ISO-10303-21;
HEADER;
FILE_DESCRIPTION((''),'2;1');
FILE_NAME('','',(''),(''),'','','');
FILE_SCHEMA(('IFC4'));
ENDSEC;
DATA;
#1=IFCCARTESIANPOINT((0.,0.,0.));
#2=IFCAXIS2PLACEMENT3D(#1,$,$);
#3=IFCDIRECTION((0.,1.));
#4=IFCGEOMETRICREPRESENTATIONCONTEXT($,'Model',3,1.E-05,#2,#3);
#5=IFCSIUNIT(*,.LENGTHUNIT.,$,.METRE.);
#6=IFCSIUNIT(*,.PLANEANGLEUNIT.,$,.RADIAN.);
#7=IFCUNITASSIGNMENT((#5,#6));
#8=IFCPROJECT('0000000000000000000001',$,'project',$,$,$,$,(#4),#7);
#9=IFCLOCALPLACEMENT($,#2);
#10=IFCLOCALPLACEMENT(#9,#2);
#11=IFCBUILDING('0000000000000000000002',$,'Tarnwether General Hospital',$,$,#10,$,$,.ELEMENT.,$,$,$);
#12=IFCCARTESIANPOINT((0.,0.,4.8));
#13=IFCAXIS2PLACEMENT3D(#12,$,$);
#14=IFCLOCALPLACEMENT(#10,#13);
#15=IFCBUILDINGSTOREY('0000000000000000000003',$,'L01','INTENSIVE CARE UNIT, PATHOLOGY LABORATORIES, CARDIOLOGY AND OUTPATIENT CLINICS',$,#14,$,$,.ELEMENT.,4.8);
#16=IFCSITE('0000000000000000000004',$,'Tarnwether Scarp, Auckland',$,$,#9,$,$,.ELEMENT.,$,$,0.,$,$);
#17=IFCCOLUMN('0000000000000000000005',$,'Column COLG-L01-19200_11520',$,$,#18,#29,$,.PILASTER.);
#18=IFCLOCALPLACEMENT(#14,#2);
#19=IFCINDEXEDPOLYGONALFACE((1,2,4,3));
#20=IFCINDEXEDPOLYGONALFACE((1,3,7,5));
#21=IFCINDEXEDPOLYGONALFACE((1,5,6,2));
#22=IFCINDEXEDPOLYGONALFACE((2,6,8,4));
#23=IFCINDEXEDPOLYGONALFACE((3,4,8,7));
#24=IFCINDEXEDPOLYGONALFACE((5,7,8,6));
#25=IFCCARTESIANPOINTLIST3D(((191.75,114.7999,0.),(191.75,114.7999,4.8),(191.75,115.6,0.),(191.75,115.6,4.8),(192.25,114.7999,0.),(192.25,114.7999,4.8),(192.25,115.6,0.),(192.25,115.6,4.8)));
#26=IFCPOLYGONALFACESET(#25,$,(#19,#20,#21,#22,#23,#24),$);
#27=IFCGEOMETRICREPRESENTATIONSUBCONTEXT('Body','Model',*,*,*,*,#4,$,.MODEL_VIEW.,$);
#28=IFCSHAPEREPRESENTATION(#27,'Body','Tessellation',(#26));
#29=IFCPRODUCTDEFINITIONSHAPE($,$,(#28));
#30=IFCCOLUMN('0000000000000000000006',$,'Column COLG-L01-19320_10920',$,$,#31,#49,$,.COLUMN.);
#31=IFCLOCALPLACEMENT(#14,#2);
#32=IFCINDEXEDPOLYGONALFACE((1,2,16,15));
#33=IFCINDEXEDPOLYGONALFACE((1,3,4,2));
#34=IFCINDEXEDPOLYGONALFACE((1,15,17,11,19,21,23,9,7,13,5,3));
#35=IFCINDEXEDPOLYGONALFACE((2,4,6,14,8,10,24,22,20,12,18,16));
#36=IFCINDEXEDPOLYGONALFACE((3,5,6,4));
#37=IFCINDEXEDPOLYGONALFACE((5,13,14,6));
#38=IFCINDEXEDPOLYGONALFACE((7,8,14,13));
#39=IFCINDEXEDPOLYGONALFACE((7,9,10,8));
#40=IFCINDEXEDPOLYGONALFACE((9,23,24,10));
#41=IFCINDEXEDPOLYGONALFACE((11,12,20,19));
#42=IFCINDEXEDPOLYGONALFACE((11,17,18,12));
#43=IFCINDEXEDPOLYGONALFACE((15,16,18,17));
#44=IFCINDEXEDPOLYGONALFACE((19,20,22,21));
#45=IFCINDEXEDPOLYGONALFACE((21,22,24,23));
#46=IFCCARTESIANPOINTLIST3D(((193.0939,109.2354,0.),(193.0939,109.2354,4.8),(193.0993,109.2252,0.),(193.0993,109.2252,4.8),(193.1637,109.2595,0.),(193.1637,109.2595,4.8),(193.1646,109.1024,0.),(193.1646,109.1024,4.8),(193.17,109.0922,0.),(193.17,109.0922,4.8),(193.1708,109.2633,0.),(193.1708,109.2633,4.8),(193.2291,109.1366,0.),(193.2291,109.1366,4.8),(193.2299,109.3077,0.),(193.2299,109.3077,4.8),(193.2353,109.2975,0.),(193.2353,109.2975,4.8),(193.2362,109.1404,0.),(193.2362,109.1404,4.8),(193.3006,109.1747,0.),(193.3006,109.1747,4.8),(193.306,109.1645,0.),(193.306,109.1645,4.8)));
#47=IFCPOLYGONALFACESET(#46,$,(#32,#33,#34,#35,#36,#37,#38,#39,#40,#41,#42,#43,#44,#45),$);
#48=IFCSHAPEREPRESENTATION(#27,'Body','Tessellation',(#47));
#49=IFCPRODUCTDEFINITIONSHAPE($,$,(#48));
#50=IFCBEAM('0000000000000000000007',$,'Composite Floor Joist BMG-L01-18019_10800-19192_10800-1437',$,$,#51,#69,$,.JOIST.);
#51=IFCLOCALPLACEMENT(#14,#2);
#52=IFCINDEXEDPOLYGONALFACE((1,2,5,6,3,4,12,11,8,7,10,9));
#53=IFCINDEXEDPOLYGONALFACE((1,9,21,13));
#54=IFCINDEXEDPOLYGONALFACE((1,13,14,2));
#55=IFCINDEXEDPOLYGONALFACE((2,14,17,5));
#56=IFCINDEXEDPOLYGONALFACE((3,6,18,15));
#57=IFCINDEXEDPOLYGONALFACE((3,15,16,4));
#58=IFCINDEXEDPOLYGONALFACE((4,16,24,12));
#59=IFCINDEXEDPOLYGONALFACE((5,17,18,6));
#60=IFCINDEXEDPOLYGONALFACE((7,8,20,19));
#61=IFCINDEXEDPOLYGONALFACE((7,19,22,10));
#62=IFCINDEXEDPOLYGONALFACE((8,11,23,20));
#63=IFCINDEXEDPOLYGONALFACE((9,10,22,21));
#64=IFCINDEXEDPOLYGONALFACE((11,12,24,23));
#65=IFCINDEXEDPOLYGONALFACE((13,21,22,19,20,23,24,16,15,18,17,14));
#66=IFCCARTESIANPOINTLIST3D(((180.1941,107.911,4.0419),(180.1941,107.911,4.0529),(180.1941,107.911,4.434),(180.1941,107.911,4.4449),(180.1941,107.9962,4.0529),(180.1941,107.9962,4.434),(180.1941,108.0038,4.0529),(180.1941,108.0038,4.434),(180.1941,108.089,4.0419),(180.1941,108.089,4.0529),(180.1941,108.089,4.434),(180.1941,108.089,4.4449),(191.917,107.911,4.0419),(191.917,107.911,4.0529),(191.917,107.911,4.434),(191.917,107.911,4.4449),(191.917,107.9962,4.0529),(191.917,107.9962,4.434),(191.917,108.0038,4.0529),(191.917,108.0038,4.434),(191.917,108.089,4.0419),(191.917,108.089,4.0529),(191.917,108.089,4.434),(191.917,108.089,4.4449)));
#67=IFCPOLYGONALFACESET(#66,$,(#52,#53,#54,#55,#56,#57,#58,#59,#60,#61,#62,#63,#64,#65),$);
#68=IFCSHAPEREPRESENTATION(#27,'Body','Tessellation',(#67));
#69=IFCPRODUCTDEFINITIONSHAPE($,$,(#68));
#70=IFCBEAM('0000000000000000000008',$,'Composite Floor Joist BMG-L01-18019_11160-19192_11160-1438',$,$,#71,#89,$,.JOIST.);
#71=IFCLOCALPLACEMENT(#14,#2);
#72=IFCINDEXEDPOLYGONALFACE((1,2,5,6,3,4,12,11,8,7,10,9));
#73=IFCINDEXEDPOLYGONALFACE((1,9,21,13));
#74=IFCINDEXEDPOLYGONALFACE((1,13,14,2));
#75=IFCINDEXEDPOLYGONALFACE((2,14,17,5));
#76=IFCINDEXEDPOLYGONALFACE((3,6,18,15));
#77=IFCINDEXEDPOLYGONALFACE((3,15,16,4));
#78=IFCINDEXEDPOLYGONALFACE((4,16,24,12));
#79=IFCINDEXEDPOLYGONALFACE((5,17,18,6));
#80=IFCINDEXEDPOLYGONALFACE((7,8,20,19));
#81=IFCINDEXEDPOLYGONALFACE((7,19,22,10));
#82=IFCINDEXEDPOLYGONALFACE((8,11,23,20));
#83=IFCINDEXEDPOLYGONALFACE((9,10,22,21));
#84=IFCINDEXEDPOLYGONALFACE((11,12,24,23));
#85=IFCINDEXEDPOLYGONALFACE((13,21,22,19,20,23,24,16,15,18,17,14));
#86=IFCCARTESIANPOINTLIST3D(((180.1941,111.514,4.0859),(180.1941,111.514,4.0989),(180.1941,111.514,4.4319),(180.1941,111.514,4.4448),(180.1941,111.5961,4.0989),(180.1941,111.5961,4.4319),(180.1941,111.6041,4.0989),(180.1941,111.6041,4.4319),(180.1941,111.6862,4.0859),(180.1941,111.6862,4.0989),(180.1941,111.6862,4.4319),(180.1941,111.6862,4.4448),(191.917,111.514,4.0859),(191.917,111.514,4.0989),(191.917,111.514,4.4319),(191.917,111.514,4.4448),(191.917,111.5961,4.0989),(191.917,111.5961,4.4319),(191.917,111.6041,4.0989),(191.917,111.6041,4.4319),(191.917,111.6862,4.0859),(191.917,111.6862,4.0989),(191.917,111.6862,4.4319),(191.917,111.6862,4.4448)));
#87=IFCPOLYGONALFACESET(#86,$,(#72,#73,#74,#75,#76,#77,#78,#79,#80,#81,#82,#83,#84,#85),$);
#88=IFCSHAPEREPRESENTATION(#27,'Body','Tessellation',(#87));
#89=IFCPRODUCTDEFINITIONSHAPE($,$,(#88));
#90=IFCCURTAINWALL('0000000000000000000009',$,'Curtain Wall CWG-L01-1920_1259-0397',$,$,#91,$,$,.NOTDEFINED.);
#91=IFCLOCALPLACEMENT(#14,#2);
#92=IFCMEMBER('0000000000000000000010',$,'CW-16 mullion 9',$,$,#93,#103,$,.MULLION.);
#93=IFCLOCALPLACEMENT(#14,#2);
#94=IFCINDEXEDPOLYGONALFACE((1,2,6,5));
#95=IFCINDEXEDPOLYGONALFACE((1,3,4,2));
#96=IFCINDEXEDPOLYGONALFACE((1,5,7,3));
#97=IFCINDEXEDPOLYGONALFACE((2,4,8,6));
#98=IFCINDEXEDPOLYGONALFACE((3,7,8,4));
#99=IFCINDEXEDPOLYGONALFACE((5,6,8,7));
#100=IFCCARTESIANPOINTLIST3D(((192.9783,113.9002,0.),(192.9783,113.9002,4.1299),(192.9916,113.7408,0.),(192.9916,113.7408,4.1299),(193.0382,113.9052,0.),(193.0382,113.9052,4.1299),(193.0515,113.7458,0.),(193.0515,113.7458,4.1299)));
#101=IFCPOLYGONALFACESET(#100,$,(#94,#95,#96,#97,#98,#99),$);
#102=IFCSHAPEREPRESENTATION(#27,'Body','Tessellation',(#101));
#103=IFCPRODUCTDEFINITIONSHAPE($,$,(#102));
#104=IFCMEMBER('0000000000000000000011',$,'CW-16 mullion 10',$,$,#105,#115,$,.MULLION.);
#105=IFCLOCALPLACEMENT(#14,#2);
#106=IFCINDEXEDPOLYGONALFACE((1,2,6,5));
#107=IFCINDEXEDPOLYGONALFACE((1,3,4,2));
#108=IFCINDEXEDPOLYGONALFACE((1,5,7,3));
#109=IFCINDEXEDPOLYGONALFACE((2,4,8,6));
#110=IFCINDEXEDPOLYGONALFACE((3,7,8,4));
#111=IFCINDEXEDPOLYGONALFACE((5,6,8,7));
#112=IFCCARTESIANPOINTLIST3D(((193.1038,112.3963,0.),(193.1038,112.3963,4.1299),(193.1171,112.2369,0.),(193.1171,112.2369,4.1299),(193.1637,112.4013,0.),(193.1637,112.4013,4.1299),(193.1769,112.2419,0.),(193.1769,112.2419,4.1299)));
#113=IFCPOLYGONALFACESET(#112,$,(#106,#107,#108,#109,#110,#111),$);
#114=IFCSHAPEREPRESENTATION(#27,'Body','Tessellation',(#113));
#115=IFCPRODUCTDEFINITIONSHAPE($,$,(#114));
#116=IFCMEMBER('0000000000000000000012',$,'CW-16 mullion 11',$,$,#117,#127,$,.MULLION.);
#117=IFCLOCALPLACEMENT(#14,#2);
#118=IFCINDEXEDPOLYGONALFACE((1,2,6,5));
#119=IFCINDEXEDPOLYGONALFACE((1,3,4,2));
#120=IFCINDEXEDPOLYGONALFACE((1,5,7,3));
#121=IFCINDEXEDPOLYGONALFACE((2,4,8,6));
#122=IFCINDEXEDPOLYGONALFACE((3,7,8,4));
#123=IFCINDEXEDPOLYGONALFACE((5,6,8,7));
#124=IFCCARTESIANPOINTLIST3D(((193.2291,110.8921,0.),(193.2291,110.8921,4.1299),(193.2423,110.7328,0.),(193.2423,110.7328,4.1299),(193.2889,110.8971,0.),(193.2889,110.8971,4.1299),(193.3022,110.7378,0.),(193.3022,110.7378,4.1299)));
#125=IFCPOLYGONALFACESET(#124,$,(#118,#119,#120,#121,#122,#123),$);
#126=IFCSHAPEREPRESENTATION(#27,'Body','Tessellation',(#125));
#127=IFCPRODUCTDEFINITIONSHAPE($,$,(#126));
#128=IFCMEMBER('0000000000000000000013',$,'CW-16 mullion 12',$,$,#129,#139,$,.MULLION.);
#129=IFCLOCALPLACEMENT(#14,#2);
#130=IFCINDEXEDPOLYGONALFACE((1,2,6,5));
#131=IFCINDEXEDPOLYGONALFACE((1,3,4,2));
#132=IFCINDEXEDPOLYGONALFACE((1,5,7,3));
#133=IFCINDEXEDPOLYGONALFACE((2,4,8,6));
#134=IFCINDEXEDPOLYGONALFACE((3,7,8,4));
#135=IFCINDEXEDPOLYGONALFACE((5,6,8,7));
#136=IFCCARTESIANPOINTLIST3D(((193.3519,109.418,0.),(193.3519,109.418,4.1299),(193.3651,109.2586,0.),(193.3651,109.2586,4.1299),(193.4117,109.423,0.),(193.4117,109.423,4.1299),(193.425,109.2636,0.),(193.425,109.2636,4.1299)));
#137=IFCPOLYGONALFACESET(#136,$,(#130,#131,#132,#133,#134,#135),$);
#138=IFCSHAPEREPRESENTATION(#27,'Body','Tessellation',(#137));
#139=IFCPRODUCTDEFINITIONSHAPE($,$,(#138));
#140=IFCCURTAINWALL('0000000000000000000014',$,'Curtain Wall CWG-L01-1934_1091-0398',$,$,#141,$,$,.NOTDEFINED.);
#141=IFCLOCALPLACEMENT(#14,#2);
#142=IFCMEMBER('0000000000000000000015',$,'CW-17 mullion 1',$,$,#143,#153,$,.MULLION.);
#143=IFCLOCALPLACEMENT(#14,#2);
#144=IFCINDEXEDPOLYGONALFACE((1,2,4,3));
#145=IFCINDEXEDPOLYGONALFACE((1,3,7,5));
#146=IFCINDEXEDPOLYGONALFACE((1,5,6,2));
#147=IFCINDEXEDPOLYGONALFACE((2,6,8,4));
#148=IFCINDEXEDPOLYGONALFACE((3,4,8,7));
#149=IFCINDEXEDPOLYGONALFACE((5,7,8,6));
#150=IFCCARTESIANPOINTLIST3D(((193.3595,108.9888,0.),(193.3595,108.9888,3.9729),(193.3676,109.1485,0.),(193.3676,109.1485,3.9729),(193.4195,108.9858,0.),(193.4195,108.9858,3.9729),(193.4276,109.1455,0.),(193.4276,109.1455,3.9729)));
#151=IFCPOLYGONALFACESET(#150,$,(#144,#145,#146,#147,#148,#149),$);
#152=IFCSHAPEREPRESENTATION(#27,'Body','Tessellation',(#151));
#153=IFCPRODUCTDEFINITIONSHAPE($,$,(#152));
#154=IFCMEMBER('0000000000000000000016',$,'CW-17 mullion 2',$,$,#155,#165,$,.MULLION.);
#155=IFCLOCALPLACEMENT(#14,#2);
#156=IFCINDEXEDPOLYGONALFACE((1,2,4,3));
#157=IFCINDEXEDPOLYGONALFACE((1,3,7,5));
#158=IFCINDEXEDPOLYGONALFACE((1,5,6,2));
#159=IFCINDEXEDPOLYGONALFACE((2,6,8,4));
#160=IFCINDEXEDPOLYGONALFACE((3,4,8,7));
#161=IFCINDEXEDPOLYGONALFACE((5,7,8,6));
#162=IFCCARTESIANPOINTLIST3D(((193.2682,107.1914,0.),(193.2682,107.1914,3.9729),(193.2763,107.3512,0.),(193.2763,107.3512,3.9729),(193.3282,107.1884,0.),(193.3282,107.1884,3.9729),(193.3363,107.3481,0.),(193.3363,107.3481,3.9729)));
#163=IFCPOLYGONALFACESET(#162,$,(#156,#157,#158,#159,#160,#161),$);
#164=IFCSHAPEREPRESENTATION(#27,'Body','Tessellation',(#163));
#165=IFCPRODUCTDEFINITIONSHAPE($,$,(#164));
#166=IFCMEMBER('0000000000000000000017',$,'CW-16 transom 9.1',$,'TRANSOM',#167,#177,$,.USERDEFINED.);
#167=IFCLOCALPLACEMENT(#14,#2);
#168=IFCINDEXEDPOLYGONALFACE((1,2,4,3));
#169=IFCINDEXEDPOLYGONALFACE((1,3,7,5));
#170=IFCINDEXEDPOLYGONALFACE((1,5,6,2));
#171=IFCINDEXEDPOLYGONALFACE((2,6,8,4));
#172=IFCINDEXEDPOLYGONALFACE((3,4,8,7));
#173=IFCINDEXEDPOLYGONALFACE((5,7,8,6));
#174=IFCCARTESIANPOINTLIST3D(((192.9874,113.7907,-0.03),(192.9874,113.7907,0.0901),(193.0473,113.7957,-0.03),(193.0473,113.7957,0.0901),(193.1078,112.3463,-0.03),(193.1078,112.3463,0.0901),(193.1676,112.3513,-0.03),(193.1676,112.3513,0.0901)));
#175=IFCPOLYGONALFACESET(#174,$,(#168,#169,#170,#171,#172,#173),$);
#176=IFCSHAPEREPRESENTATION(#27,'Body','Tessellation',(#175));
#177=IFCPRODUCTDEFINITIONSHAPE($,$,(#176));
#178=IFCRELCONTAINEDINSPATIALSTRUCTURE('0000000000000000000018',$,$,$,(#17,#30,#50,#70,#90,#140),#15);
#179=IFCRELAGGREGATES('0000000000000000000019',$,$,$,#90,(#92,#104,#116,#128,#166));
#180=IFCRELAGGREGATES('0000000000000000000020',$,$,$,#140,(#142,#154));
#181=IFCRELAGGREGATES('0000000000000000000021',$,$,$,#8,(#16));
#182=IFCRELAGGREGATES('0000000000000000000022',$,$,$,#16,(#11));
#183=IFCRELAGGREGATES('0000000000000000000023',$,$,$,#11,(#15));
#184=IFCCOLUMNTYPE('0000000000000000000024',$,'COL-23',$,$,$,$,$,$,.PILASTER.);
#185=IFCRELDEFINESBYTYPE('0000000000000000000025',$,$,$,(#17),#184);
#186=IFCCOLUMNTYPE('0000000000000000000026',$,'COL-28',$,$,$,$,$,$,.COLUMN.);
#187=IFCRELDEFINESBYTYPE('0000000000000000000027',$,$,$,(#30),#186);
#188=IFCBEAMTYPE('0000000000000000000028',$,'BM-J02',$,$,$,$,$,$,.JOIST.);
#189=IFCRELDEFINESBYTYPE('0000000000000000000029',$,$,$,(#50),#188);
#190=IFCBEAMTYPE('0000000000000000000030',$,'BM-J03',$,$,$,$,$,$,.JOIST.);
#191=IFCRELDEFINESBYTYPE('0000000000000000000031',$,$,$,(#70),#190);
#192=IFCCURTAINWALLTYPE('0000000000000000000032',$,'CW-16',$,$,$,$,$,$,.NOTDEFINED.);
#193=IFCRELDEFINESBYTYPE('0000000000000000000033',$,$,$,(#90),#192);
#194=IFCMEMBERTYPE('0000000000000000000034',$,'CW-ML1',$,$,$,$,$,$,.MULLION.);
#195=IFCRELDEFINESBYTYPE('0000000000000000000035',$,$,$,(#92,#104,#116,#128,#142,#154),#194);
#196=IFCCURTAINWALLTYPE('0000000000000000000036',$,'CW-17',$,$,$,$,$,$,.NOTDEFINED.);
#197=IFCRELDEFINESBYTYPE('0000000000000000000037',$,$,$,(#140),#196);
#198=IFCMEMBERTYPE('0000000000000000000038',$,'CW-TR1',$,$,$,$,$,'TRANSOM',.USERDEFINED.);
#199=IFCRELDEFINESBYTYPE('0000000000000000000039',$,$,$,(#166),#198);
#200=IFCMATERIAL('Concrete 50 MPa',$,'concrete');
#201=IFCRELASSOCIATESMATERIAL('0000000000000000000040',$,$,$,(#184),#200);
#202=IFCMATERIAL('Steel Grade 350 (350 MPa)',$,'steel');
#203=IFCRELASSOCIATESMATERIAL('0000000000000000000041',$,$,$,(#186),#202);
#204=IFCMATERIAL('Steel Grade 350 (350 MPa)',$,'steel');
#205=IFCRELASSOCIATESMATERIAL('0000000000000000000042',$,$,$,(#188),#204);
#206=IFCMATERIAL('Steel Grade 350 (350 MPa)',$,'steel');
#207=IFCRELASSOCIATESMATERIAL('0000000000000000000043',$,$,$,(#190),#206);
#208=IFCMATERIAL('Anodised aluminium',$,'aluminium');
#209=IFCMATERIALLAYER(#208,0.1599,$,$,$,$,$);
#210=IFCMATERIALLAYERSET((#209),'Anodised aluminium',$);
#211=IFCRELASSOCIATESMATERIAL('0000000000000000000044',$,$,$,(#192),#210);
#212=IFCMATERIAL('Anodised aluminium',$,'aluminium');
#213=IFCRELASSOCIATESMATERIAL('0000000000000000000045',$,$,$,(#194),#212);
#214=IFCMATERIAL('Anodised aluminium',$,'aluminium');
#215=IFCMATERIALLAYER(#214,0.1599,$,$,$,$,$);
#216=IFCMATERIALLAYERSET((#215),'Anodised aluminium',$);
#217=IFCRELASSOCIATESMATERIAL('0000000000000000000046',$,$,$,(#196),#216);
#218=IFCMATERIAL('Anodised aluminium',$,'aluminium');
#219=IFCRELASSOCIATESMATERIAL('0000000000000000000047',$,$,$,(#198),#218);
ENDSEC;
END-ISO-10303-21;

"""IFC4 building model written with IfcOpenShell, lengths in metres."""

from ifc_helpers import new_model, si_unit, direction, frame, origin, origin_2d, place, context, subcontext, project, spatial, rectangle, i_section, extrude, material, layer, layer_set, material_profile, profile_set, type_object, element, aggregate, save


model = new_model("IFC4")

# Units and contexts
model_context = context("Model", 3, precision=1e-05, world=origin(), true_north=direction((0.0, 1.0)))
body_context = subcontext(model_context, "Body", "Model", "MODEL_VIEW")
ifc_project = project(units=[si_unit("LENGTHUNIT", "METRE"), si_unit("PLANEANGLEUNIT", "RADIAN")], contexts=[model_context])

# Site, building, storey
site_placement = place(None, origin())
site = spatial("IfcSite", under=ifc_project, at=site_placement, Name="Tarnwether Scarp, Auckland", CompositionType="ELEMENT", RefElevation=0.0)
building_placement = place(site_placement, origin())
building = spatial("IfcBuilding", under=site, at=building_placement, Name="Tarnwether General Hospital", CompositionType="ELEMENT")
storey_placement = place(building_placement, frame((0.0, 0.0, 4.8)))
storey = spatial("IfcBuildingStorey", under=building, at=storey_placement, Name="L01", Description="INTENSIVE CARE UNIT, PATHOLOGY LABORATORIES, CARDIOLOGY AND OUTPATIENT CLINICS", CompositionType="ELEMENT", Elevation=4.8)

# Columns
ifc_material_1 = material(Name="Concrete 50 MPa", Category="concrete")
ifc_material_profile_1 = material_profile(ifc_material_1, rectangle(XDim=0.5, YDim=0.8, at=origin_2d()), Name="RC-PIL-500x800")
ifc_profile_set_1 = profile_set([ifc_material_profile_1], Name="Concrete 50 MPa")
column_type_1 = type_object("IfcColumnType", Name="COL-23", PredefinedType="PILASTER", material=ifc_profile_set_1)
column_1_placement = place(storey_placement, frame((192.0, 115.2, 0.0), z_axis=(0.0, 0.0, 1.0), x_axis=(1.0, 0.0, 0.0)))
element("IfcColumn", 1, at=column_1_placement, inside=storey, type_object=column_type_1, Name="Column COLG-L01-19200_11520", PredefinedType="PILASTER", context=body_context, shape_type="SweptSolid", body=[
    extrude(rectangle(XDim=0.5, YDim=0.8, at=origin_2d()), origin(), (0.0, 0.0, 1.0), 4.8),
])
ifc_material_2 = material(Name="Steel Grade 350 (350 MPa)", Category="steel")
ifc_material_profile_2 = material_profile(ifc_material_2, i_section(OverallWidth=0.1541, OverallDepth=0.1621, WebThickness=0.0081, FlangeThickness=0.0115, at=origin_2d()), Name="150UC37.2")
ifc_profile_set_2 = profile_set([ifc_material_profile_2], Name="Steel Grade 350 (350 MPa)")
column_type_2 = type_object("IfcColumnType", Name="COL-28", PredefinedType="COLUMN", material=ifc_profile_set_2)
column_2_placement = place(storey_placement, frame((193.2, 109.2, 0.0), z_axis=(0.0, 0.0, 1.0), x_axis=(0.882948, 0.469472, 0.0)))
element("IfcColumn", 2, at=column_2_placement, inside=storey, type_object=column_type_2, Name="Column COLG-L01-19320_10920", PredefinedType="COLUMN", context=body_context, shape_type="SweptSolid", body=[
    extrude(i_section(OverallWidth=0.1541, OverallDepth=0.1621, WebThickness=0.0081, FlangeThickness=0.0115, at=origin_2d()), origin(), (0.0, 0.0, 1.0), 4.8),
])

# Beams
ifc_material_3 = material(Name="Steel Grade 350 (350 MPa)", Category="steel")
ifc_material_profile_3 = material_profile(ifc_material_3, i_section(OverallWidth=0.178, OverallDepth=0.4031, WebThickness=0.0076, FlangeThickness=0.011, at=origin_2d()), Name="410UB53.7")
ifc_profile_set_3 = profile_set([ifc_material_profile_3], Name="Steel Grade 350 (350 MPa)")
beam_type_1 = type_object("IfcBeamType", Name="BM-J02", PredefinedType="JOIST", material=ifc_profile_set_3)
beam_1_placement = place(storey_placement, frame((180.1941, 108.0, 4.2434), z_axis=(1.0, 0.0, 0.0), x_axis=(0.0, 1.0, 0.0)))
element("IfcBeam", 3, at=beam_1_placement, inside=storey, type_object=beam_type_1, Name="Composite Floor Joist BMG-L01-18019_10800-19192_10800-1437", PredefinedType="JOIST", context=body_context, shape_type="SweptSolid", body=[
    extrude(i_section(OverallWidth=0.178, OverallDepth=0.4031, WebThickness=0.0076, FlangeThickness=0.011, at=origin_2d()), origin(), (0.0, 0.0, 1.0), 11.7229),
])
ifc_material_4 = material(Name="Steel Grade 350 (350 MPa)", Category="steel")
ifc_material_profile_4 = material_profile(ifc_material_4, i_section(OverallWidth=0.1721, OverallDepth=0.3589, WebThickness=0.0081, FlangeThickness=0.0129, at=origin_2d()), Name="360UB56.7")
ifc_profile_set_4 = profile_set([ifc_material_profile_4], Name="Steel Grade 350 (350 MPa)")
beam_type_2 = type_object("IfcBeamType", Name="BM-J03", PredefinedType="JOIST", material=ifc_profile_set_4)
beam_2_placement = place(storey_placement, frame((180.1941, 111.6001, 4.2654), z_axis=(1.0, 0.0, 0.0), x_axis=(0.0, 1.0, 0.0)))
element("IfcBeam", 4, at=beam_2_placement, inside=storey, type_object=beam_type_2, Name="Composite Floor Joist BMG-L01-18019_11160-19192_11160-1438", PredefinedType="JOIST", context=body_context, shape_type="SweptSolid", body=[
    extrude(i_section(OverallWidth=0.1721, OverallDepth=0.3589, WebThickness=0.0081, FlangeThickness=0.0129, at=origin_2d()), origin(), (0.0, 0.0, 1.0), 11.7229),
])

# Curtain walls, members
ifc_material_5 = material(Name="Anodised aluminium", Category="aluminium")
ifc_layer_1 = layer(ifc_material_5, 0.1599)
ifc_layer_set_1 = layer_set([ifc_layer_1], Name="Anodised aluminium")
curtain_wall_type_1 = type_object("IfcCurtainWallType", Name="CW-16", PredefinedType="NOTDEFINED", material=ifc_layer_set_1)
curtain_wall_1_placement = place(storey_placement, origin())
curtain_wall_1 = element("IfcCurtainWall", 5, at=curtain_wall_1_placement, inside=storey, type_object=curtain_wall_type_1, Name="Curtain Wall CWG-L01-1920_1259-0397", PredefinedType="NOTDEFINED")
ifc_material_6 = material(Name="Anodised aluminium", Category="aluminium")
ifc_material_profile_5 = material_profile(ifc_material_6, rectangle(XDim=0.0601, YDim=0.1599, at=origin_2d()), Name="ALU-MUL-60x160")
ifc_profile_set_5 = profile_set([ifc_material_profile_5], Name="Anodised aluminium")
member_type_1 = type_object("IfcMemberType", Name="CW-ML1", PredefinedType="MULLION", material=ifc_profile_set_5)
member_1_placement = place(storey_placement, frame((193.0149, 113.823, 0.0), z_axis=(0.0, 0.0, 1.0), x_axis=(0.996544, 0.083065, 0.0)))
member_1 = element("IfcMember", 6, at=member_1_placement, type_object=member_type_1, Name="CW-16 mullion 9", PredefinedType="MULLION", context=body_context, shape_type="SweptSolid", body=[
    extrude(rectangle(XDim=0.0601, YDim=0.1599, at=origin_2d()), origin(), (0.0, 0.0, 1.0), 4.1299),
])
member_2_placement = place(storey_placement, frame((193.1404, 112.3191, 0.0), z_axis=(0.0, 0.0, 1.0), x_axis=(0.996544, 0.083065, 0.0)))
member_2 = element("IfcMember", 7, at=member_2_placement, type_object=member_type_1, Name="CW-16 mullion 10", PredefinedType="MULLION", context=body_context, shape_type="SweptSolid", body=[
    extrude(rectangle(XDim=0.0601, YDim=0.1599, at=origin_2d()), origin(), (0.0, 0.0, 1.0), 4.1299),
])
member_3_placement = place(storey_placement, frame((193.2656, 110.8149, 0.0), z_axis=(0.0, 0.0, 1.0), x_axis=(0.996544, 0.083065, 0.0)))
member_3 = element("IfcMember", 8, at=member_3_placement, type_object=member_type_1, Name="CW-16 mullion 11", PredefinedType="MULLION", context=body_context, shape_type="SweptSolid", body=[
    extrude(rectangle(XDim=0.0601, YDim=0.1599, at=origin_2d()), origin(), (0.0, 0.0, 1.0), 4.1299),
])
member_4_placement = place(storey_placement, frame((193.3884, 109.3408, 0.0), z_axis=(0.0, 0.0, 1.0), x_axis=(0.996544, 0.083065, 0.0)))
member_4 = element("IfcMember", 9, at=member_4_placement, type_object=member_type_1, Name="CW-16 mullion 12", PredefinedType="MULLION", context=body_context, shape_type="SweptSolid", body=[
    extrude(rectangle(XDim=0.0601, YDim=0.1599, at=origin_2d()), origin(), (0.0, 0.0, 1.0), 4.1299),
])
ifc_material_7 = material(Name="Anodised aluminium", Category="aluminium")
ifc_layer_2 = layer(ifc_material_7, 0.1599)
ifc_layer_set_2 = layer_set([ifc_layer_2], Name="Anodised aluminium")
curtain_wall_type_2 = type_object("IfcCurtainWallType", Name="CW-17", PredefinedType="NOTDEFINED", material=ifc_layer_set_2)
curtain_wall_2_placement = place(storey_placement, origin())
curtain_wall_2 = element("IfcCurtainWall", 10, at=curtain_wall_2_placement, inside=storey, type_object=curtain_wall_type_2, Name="Curtain Wall CWG-L01-1934_1091-0398", PredefinedType="NOTDEFINED")
member_5_placement = place(storey_placement, frame((193.3936, 109.0671, 0.0), z_axis=(0.0, 0.0, 1.0), x_axis=(0.998715, -0.050685, 0.0)))
member_5 = element("IfcMember", 11, at=member_5_placement, type_object=member_type_1, Name="CW-17 mullion 1", PredefinedType="MULLION", context=body_context, shape_type="SweptSolid", body=[
    extrude(rectangle(XDim=0.0601, YDim=0.1599, at=origin_2d()), origin(), (0.0, 0.0, 1.0), 3.9729),
])
member_6_placement = place(storey_placement, frame((193.3022, 107.2698, 0.0), z_axis=(0.0, 0.0, 1.0), x_axis=(0.998715, -0.050685, 0.0)))
member_6 = element("IfcMember", 12, at=member_6_placement, type_object=member_type_1, Name="CW-17 mullion 2", PredefinedType="MULLION", context=body_context, shape_type="SweptSolid", body=[
    extrude(rectangle(XDim=0.0601, YDim=0.1599, at=origin_2d()), origin(), (0.0, 0.0, 1.0), 3.9729),
])

# Member
ifc_material_8 = material(Name="Anodised aluminium", Category="aluminium")
ifc_material_profile_6 = material_profile(ifc_material_8, rectangle(XDim=0.0601, YDim=0.1201, at=origin_2d()), Name="ALU-TRN-60x120")
ifc_profile_set_6 = profile_set([ifc_material_profile_6], Name="Anodised aluminium")
member_type_2 = type_object("IfcMemberType", Name="CW-TR1", ElementType="TRANSOM", PredefinedType="USERDEFINED", material=ifc_profile_set_6)
member_7_placement = place(storey_placement, frame((193.0173, 113.7932, 0.03), z_axis=(0.083045, -0.996546, 0.0), x_axis=(0.996546, 0.083045, 0.0)))
member_7 = element("IfcMember", 13, at=member_7_placement, type_object=member_type_2, Name="CW-16 transom 9.1", ObjectType="TRANSOM", PredefinedType="USERDEFINED", context=body_context, shape_type="SweptSolid", body=[
    extrude(rectangle(XDim=0.0601, YDim=0.1201, at=origin_2d()), origin(), (0.0, 0.0, 1.0), 1.4495),
])

aggregate(curtain_wall_1, [member_1, member_2, member_3, member_4, member_7])
aggregate(curtain_wall_2, [member_5, member_6])

save(model, "model.ifc")
